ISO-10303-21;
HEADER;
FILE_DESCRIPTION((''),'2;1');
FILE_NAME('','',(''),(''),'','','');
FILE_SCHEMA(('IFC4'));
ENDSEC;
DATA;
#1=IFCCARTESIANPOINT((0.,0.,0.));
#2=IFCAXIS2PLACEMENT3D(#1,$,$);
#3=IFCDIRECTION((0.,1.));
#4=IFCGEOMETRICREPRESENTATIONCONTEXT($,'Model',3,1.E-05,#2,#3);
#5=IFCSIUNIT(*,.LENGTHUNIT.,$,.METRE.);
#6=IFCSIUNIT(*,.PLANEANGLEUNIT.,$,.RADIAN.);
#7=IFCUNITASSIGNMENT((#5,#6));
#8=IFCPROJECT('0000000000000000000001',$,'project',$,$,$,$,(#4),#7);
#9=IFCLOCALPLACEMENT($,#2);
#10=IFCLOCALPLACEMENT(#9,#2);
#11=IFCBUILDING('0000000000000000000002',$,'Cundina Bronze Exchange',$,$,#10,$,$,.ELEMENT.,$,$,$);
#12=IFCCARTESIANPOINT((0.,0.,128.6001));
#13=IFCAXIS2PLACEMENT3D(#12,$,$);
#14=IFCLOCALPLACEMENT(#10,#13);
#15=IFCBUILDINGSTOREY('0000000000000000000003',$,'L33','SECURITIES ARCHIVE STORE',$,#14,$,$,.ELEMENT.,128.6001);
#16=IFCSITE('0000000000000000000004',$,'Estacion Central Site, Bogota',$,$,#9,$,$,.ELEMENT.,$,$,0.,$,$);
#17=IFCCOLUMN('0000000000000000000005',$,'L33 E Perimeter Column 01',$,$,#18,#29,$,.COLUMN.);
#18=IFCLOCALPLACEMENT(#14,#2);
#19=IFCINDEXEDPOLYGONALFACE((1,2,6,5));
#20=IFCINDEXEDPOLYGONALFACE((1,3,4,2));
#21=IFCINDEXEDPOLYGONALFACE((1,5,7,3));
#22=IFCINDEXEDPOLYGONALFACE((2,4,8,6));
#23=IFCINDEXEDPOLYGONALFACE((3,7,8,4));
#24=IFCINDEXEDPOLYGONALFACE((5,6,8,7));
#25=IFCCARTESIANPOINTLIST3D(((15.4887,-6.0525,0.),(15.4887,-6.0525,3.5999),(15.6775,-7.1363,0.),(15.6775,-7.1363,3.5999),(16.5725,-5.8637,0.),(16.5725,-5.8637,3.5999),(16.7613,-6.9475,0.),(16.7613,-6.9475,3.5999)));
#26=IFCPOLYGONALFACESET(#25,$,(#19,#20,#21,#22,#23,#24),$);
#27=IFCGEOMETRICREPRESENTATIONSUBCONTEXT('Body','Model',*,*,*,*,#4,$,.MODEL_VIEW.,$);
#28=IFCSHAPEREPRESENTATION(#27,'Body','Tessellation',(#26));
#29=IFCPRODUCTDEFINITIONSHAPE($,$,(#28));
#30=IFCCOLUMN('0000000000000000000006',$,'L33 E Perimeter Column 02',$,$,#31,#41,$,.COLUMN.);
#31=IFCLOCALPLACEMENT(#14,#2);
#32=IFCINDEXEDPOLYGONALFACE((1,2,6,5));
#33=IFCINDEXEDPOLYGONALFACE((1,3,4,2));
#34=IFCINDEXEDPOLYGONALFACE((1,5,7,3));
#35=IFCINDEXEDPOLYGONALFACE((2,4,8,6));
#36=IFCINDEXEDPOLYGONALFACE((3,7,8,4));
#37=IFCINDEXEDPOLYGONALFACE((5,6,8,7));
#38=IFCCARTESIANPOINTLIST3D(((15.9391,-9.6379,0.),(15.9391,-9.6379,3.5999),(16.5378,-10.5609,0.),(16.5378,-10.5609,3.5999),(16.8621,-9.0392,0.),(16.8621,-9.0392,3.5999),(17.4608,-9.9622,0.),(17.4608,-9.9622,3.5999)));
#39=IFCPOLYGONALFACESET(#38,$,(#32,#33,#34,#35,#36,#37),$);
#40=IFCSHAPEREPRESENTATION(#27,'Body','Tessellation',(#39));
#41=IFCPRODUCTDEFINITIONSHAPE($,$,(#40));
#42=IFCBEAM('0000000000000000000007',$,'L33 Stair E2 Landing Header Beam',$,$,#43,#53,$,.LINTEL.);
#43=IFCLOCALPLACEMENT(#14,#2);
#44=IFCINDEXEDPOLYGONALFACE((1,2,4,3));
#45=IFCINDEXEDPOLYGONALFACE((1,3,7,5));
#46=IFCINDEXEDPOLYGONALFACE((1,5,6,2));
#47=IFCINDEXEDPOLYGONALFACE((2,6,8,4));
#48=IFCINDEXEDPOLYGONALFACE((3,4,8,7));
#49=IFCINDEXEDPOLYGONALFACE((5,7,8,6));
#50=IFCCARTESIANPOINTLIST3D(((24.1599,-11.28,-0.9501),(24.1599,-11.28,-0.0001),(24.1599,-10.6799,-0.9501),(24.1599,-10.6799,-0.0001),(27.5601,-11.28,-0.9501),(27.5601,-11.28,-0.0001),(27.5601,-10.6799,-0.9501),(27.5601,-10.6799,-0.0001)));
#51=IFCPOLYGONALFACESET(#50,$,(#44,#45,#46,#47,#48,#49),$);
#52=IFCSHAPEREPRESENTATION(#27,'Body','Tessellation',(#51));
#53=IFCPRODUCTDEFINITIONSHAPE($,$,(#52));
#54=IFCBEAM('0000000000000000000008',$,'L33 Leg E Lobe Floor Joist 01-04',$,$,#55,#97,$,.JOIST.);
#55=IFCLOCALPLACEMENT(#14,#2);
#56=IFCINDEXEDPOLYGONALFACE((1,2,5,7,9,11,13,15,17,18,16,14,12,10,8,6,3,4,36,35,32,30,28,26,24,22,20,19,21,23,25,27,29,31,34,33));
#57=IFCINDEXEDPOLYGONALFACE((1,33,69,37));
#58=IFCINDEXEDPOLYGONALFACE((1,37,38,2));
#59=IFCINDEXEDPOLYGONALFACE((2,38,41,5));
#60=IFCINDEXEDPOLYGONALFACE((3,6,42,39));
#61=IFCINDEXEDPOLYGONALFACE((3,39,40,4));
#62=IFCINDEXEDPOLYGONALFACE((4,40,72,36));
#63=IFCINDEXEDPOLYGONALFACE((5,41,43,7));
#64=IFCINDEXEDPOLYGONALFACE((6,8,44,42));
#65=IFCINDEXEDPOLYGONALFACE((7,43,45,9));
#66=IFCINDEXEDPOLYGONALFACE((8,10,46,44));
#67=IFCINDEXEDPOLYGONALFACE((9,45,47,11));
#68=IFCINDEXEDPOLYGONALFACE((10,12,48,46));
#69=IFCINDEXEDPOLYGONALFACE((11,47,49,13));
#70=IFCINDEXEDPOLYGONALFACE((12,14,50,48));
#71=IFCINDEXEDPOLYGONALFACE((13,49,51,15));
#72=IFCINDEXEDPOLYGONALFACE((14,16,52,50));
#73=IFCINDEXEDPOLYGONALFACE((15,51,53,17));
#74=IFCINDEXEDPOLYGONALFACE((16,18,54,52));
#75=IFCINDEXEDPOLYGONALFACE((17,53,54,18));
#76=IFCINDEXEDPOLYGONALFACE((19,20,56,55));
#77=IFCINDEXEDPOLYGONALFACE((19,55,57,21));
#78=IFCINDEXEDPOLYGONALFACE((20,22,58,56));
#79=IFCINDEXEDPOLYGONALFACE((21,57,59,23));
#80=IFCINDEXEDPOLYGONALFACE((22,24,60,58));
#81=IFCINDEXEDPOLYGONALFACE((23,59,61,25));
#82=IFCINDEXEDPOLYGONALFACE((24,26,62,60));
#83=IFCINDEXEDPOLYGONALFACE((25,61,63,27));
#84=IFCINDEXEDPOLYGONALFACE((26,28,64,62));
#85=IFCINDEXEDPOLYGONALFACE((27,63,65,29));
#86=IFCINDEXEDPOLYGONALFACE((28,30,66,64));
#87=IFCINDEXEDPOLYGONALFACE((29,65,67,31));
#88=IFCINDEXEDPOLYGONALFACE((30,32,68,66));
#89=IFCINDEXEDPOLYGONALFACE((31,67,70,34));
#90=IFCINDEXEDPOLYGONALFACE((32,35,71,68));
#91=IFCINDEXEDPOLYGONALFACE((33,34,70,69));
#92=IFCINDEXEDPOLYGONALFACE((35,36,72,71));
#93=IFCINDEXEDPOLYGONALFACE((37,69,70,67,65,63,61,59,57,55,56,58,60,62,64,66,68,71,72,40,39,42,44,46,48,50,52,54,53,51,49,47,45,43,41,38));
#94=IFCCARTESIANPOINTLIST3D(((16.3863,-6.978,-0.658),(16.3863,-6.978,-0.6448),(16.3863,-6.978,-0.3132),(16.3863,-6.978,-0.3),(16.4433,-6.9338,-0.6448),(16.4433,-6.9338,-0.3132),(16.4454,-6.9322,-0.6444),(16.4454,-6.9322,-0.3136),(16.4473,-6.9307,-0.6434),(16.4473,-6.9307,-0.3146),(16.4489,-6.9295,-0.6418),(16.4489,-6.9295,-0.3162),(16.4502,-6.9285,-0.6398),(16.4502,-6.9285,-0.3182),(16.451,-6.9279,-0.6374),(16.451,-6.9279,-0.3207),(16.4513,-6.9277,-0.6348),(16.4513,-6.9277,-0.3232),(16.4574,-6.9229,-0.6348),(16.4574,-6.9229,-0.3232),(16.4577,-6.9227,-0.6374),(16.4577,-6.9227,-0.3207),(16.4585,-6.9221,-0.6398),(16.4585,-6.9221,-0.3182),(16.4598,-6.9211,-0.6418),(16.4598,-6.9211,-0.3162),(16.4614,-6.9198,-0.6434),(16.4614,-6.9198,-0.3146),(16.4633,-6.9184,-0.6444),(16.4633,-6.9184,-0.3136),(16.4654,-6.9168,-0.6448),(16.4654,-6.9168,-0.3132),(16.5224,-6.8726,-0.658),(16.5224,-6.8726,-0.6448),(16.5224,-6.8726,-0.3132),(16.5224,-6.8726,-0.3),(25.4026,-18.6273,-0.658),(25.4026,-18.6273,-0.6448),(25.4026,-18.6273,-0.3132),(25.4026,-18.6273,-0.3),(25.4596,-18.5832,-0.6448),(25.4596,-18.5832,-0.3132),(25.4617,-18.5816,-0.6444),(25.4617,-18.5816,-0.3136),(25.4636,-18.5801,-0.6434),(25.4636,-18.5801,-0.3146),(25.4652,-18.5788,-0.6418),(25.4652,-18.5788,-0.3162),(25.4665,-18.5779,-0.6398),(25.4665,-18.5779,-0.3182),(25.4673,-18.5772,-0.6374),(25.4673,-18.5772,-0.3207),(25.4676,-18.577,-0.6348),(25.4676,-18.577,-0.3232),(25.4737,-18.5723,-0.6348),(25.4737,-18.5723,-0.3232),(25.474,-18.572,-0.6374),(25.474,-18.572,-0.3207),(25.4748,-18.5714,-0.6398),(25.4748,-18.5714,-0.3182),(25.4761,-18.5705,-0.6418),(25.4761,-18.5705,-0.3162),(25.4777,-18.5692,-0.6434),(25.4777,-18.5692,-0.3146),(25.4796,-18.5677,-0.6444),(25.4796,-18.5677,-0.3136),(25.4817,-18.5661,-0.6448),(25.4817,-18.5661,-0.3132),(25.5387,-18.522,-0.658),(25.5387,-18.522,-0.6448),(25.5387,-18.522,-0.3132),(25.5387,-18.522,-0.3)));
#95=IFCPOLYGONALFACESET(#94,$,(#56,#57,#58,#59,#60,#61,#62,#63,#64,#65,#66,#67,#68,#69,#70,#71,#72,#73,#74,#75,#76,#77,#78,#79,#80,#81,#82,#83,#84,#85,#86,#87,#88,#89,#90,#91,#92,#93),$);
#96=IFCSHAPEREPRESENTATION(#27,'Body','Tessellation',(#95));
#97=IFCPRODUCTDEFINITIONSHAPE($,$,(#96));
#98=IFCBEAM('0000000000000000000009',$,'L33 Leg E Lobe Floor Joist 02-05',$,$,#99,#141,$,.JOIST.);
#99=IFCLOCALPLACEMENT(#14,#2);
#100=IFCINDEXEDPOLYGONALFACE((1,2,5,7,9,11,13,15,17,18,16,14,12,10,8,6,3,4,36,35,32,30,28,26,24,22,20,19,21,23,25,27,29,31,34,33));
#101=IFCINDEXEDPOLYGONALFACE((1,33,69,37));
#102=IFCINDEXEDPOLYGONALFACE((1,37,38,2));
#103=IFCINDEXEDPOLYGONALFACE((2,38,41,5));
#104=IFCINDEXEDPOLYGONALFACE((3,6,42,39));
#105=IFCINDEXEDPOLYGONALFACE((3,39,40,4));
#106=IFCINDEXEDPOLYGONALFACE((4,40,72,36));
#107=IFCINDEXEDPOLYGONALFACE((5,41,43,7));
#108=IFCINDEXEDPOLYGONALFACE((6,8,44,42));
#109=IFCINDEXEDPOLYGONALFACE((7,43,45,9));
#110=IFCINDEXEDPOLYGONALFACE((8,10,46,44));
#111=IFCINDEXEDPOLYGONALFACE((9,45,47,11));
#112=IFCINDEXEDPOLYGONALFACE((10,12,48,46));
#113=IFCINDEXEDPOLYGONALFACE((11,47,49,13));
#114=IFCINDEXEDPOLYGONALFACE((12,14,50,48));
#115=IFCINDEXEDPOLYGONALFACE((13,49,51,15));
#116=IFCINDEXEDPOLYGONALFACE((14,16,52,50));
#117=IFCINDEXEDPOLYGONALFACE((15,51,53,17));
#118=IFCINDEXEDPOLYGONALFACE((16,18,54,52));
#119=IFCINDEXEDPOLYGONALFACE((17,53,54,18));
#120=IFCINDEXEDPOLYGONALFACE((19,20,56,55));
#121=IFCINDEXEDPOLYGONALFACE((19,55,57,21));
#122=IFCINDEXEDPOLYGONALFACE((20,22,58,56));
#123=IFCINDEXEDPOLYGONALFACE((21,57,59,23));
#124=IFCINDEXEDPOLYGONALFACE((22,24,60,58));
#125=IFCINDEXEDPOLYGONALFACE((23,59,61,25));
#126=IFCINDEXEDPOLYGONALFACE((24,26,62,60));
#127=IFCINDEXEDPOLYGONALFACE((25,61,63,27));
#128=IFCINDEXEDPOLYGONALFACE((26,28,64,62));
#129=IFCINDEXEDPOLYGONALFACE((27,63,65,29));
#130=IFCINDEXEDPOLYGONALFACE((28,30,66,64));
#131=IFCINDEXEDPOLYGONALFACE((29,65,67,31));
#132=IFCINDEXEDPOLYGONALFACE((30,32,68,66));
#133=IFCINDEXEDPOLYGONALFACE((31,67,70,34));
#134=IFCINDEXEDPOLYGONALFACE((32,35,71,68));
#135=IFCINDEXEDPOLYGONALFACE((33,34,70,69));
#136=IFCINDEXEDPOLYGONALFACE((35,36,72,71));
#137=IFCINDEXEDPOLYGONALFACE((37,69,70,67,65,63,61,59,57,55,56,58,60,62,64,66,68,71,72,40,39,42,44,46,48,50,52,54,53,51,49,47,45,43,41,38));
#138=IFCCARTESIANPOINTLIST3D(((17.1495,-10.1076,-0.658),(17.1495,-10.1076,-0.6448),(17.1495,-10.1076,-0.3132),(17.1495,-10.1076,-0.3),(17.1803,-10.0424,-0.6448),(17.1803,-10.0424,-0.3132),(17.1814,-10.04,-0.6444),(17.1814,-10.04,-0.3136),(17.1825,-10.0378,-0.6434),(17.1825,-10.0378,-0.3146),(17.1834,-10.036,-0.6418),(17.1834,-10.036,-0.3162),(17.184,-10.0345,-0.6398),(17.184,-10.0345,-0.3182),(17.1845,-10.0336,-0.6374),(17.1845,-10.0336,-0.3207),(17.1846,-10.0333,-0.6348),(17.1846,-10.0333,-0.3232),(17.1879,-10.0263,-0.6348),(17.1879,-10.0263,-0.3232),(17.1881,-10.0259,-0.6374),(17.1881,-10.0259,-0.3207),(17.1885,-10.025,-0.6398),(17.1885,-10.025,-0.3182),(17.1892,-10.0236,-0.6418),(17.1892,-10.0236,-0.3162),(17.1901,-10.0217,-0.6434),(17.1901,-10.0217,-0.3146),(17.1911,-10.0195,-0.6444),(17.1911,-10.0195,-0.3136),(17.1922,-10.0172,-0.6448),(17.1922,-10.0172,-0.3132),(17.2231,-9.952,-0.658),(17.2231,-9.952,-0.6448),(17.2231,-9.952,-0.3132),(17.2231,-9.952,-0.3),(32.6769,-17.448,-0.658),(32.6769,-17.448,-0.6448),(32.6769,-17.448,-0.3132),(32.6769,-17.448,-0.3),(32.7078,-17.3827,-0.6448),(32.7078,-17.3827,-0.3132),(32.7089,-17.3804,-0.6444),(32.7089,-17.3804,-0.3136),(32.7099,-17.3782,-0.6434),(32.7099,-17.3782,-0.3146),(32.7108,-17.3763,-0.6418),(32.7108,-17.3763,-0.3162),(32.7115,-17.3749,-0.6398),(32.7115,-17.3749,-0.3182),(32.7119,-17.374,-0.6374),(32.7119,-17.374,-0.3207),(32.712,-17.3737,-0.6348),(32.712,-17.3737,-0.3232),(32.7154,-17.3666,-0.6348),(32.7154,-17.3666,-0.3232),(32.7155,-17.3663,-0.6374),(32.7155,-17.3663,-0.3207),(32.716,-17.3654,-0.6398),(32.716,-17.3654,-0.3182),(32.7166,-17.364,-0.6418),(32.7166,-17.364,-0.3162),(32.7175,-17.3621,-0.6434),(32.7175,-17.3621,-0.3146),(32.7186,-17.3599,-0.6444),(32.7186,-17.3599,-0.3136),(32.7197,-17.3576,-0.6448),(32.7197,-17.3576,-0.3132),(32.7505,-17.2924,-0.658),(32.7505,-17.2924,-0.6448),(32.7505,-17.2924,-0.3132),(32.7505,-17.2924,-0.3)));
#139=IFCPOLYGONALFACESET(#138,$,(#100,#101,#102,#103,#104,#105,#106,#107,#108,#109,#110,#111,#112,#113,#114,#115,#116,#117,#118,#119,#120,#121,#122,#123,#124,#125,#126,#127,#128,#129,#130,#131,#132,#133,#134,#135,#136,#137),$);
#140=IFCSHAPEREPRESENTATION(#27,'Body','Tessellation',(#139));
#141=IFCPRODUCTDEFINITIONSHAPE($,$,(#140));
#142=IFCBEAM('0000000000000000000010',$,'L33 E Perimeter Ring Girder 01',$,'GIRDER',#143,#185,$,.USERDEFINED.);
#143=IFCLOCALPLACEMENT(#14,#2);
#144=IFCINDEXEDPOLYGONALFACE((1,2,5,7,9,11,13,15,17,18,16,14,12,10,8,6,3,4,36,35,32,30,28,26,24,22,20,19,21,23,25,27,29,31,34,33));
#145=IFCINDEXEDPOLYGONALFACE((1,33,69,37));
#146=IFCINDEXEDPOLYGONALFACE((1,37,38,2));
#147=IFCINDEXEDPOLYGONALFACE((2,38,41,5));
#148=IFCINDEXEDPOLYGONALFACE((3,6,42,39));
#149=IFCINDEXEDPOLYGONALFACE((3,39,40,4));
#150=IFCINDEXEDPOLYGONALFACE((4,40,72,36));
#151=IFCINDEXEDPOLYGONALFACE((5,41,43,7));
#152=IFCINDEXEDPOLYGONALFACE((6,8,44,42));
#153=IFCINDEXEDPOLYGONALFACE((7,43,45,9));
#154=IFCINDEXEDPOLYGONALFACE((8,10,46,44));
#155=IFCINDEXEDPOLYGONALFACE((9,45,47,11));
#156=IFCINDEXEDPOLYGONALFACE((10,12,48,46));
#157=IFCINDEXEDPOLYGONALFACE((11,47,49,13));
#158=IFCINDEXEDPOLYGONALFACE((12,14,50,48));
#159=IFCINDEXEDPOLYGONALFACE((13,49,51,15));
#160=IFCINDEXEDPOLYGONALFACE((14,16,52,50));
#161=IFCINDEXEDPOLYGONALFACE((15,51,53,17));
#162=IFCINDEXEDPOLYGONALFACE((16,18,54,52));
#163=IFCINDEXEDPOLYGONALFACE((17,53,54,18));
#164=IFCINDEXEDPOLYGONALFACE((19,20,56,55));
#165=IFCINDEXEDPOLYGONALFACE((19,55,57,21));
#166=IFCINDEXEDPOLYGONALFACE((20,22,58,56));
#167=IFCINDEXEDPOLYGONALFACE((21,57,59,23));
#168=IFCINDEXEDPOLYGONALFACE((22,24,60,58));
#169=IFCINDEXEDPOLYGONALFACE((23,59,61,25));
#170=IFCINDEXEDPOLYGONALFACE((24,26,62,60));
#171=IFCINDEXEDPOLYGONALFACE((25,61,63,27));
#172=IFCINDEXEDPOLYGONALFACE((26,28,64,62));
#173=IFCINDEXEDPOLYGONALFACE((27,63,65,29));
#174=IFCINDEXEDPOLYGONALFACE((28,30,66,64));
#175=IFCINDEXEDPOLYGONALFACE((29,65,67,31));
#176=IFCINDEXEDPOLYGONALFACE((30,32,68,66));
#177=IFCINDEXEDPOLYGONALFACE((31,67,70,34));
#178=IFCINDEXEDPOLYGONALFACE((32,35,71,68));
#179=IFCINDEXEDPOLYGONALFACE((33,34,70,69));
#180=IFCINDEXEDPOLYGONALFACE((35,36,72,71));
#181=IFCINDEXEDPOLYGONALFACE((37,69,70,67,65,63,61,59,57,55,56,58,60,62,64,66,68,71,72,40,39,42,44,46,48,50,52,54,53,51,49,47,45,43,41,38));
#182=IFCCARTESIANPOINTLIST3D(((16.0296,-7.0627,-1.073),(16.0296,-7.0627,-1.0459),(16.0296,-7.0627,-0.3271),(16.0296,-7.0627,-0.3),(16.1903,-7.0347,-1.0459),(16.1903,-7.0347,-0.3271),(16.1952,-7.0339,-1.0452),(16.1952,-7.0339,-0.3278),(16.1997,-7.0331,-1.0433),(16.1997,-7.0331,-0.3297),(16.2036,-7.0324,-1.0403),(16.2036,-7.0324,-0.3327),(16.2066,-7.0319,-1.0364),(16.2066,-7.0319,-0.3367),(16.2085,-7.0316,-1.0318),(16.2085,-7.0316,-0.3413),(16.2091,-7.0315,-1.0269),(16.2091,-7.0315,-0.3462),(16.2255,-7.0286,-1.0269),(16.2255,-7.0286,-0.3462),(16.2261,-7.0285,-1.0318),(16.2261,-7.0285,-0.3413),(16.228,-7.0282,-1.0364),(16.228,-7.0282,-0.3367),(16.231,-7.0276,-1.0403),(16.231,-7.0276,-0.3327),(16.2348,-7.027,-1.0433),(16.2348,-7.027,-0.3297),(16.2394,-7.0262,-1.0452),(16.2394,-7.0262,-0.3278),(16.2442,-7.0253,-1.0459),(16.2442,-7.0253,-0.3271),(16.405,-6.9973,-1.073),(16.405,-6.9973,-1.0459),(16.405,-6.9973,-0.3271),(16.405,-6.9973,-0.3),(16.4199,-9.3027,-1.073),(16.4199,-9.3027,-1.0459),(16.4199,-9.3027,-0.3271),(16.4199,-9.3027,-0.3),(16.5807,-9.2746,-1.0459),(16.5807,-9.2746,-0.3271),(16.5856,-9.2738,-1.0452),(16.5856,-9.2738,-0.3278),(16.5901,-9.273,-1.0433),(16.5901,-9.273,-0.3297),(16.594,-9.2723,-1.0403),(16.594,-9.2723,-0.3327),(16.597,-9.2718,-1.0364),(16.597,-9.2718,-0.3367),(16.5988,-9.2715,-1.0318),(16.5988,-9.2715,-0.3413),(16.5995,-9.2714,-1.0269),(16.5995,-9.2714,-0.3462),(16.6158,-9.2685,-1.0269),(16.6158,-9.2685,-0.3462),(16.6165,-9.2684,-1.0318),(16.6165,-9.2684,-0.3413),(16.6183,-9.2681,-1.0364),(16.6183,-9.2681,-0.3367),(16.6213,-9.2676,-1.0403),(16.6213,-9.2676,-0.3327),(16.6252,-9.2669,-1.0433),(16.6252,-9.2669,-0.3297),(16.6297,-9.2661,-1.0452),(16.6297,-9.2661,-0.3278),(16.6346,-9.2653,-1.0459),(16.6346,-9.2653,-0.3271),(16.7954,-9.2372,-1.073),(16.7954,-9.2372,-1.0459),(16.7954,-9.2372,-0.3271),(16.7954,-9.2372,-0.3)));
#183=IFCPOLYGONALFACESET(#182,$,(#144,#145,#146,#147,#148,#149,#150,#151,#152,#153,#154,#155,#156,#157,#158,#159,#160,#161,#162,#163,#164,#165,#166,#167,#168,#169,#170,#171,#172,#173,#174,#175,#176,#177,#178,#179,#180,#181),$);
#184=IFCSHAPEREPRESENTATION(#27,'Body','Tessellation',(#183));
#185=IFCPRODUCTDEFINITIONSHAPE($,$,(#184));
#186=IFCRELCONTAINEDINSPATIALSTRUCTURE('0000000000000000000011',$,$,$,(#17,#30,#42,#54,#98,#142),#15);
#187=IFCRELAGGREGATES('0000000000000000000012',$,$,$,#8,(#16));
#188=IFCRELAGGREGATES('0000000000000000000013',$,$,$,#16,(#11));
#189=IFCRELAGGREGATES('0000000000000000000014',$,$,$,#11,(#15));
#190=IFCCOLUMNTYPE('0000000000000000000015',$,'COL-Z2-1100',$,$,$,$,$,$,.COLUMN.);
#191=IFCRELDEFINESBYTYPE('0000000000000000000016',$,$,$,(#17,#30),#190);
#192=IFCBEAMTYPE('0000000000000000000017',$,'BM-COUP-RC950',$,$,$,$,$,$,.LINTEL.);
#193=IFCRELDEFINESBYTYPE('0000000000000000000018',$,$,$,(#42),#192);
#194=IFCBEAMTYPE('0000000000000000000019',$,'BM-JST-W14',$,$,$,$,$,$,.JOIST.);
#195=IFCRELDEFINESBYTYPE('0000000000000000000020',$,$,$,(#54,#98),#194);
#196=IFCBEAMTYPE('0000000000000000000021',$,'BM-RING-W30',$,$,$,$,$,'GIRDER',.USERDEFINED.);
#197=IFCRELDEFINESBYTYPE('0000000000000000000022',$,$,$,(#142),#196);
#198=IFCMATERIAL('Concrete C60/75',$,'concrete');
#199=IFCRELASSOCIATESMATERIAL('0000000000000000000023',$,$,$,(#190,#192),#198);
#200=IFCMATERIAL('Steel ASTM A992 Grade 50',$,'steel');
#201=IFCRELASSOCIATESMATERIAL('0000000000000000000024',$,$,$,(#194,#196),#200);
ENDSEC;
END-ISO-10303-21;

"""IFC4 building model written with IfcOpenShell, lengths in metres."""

from ifc_helpers import new_model, si_unit, direction, frame, origin, origin_2d, place, context, subcontext, project, spatial, rectangle, i_section, extrude, material, material_profile, profile_set, type_object, element, save


model = new_model("IFC4")

# Units and contexts
model_context = context("Model", 3, precision=1e-05, world=origin(), true_north=direction((0.0, 1.0)))
body_context = subcontext(model_context, "Body", "Model", "MODEL_VIEW")
ifc_project = project(units=[si_unit("LENGTHUNIT", "METRE"), si_unit("PLANEANGLEUNIT", "RADIAN")], contexts=[model_context])

# Site, building, storey
site_placement = place(None, origin())
site = spatial("IfcSite", under=ifc_project, at=site_placement, Name="Estacion Central Site, Bogota", CompositionType="ELEMENT", RefElevation=0.0)
building_placement = place(site_placement, origin())
building = spatial("IfcBuilding", under=site, at=building_placement, Name="Cundina Bronze Exchange", CompositionType="ELEMENT")
storey_placement = place(building_placement, frame((0.0, 0.0, 128.6001)))
storey = spatial("IfcBuildingStorey", under=building, at=storey_placement, Name="L33", Description="SECURITIES ARCHIVE STORE", CompositionType="ELEMENT", Elevation=128.6001)

# Columns
ifc_material_1 = material(Name="Concrete C60/75", Category="concrete")
ifc_material_profile_1 = material_profile(ifc_material_1, rectangle(XDim=1.1001, YDim=1.1001, at=origin_2d()), Name="RC1100X1100", Category="concrete")
ifc_profile_set_1 = profile_set([ifc_material_profile_1], Name="Concrete C60/75")
column_type = type_object("IfcColumnType", Name="COL-Z2-1100", PredefinedType="COLUMN", material=ifc_profile_set_1)
for number, where, z_axis, x_axis, name in (
    (1, (16.125, -6.5, 0.0), (0.0, 0.0, 1.0), (0.171585, -0.985169, 0.0), "L33 E Perimeter Column 01"),
    (2, (16.7, -9.8, 0.0), (0.0, 0.0, 1.0), (0.5442, -0.838956, 0.0), "L33 E Perimeter Column 02"),
):
    element("IfcColumn", number, at=place(storey_placement, frame(where, z_axis=z_axis, x_axis=x_axis)), inside=storey, type_object=column_type, Name=name, PredefinedType="COLUMN", context=body_context, shape_type="SweptSolid", body=[
        extrude(rectangle(XDim=1.1001, YDim=1.1001, at=origin_2d()), origin(), (0.0, 0.0, 1.0), 3.5999),
    ])

# Beams
ifc_material_profile_2 = material_profile(ifc_material_1, rectangle(XDim=0.6001, YDim=0.95, at=origin_2d()), Name="RC600X950", Category="concrete")
ifc_profile_set_2 = profile_set([ifc_material_profile_2], Name="Concrete C60/75")
beam_type_1 = type_object("IfcBeamType", Name="BM-COUP-RC950", PredefinedType="LINTEL", material=ifc_profile_set_2)
beam_1_placement = place(storey_placement, frame((24.1599, -10.98, -0.4751), z_axis=(1.0, 0.0, 0.0), x_axis=(0.0, 1.0, 0.0)))
element("IfcBeam", 3, at=beam_1_placement, inside=storey, type_object=beam_type_1, Name="L33 Stair E2 Landing Header Beam", PredefinedType="LINTEL", context=body_context, shape_type="SweptSolid", body=[
    extrude(rectangle(XDim=0.6001, YDim=0.95, at=origin_2d()), origin(), (0.0, 0.0, 1.0), 3.4001),
])
ifc_material_2 = material(Name="Steel ASTM A992 Grade 50", Category="steel")
ifc_material_profile_3 = material_profile(ifc_material_2, i_section(OverallWidth=0.1721, OverallDepth=0.3579, WebThickness=0.0078, FlangeThickness=0.0132, FilletRadius=0.01, at=origin_2d()), Name="W14X38", Category="steel")
ifc_profile_set_3 = profile_set([ifc_material_profile_3], Name="Steel ASTM A992 Grade 50")
beam_type_2 = type_object("IfcBeamType", Name="BM-JST-W14", PredefinedType="JOIST", material=ifc_profile_set_3)
beam_2_placement = place(storey_placement, frame((16.4543, -6.9253, -0.479), z_axis=(0.612065, -0.790807, 0.0), x_axis=(0.790807, 0.612065, 0.0)))
element("IfcBeam", 4, at=beam_2_placement, inside=storey, type_object=beam_type_2, Name="L33 Leg E Lobe Floor Joist 01-04", PredefinedType="JOIST", context=body_context, shape_type="SweptSolid", body=[
    extrude(i_section(OverallWidth=0.1721, OverallDepth=0.3579, WebThickness=0.0078, FlangeThickness=0.0132, FilletRadius=0.01, at=origin_2d()), origin(), (0.0, 0.0, 1.0), 14.731),
])
beam_3_placement = place(storey_placement, frame((17.1863, -10.0298, -0.479), z_axis=(0.904069, -0.427386, 0.0), x_axis=(0.427386, 0.904069, 0.0)))
element("IfcBeam", 5, at=beam_3_placement, inside=storey, type_object=beam_type_2, Name="L33 Leg E Lobe Floor Joist 02-05", PredefinedType="JOIST", context=body_context, shape_type="SweptSolid", body=[
    extrude(i_section(OverallWidth=0.1721, OverallDepth=0.3579, WebThickness=0.0078, FlangeThickness=0.0132, FilletRadius=0.01, at=origin_2d()), origin(), (0.0, 0.0, 1.0), 17.175),
])
ifc_material_profile_4 = material_profile(ifc_material_2, i_section(OverallWidth=0.3811, OverallDepth=0.7729, WebThickness=0.0166, FlangeThickness=0.0271, FilletRadius=0.019, at=origin_2d()), Name="W30X173", Category="steel")
ifc_profile_set_4 = profile_set([ifc_material_profile_4], Name="Steel ASTM A992 Grade 50")
beam_type_3 = type_object("IfcBeamType", Name="BM-RING-W30", ElementType="GIRDER", PredefinedType="USERDEFINED", material=ifc_profile_set_4)
beam_4_placement = place(storey_placement, frame((16.2173, -7.03, -0.6865), z_axis=(0.17169, -0.985151, 0.0), x_axis=(0.985151, 0.17169, 0.0)))
element("IfcBeam", 6, at=beam_4_placement, inside=storey, type_object=beam_type_3, Name="L33 E Perimeter Ring Girder 01", ObjectType="GIRDER", PredefinedType="USERDEFINED", context=body_context, shape_type="SweptSolid", body=[
    extrude(i_section(OverallWidth=0.3811, OverallDepth=0.7729, WebThickness=0.0166, FlangeThickness=0.0271, FilletRadius=0.019, at=origin_2d()), origin(), (0.0, 0.0, 1.0), 2.2737),
])

save(model, "model.ifc")
